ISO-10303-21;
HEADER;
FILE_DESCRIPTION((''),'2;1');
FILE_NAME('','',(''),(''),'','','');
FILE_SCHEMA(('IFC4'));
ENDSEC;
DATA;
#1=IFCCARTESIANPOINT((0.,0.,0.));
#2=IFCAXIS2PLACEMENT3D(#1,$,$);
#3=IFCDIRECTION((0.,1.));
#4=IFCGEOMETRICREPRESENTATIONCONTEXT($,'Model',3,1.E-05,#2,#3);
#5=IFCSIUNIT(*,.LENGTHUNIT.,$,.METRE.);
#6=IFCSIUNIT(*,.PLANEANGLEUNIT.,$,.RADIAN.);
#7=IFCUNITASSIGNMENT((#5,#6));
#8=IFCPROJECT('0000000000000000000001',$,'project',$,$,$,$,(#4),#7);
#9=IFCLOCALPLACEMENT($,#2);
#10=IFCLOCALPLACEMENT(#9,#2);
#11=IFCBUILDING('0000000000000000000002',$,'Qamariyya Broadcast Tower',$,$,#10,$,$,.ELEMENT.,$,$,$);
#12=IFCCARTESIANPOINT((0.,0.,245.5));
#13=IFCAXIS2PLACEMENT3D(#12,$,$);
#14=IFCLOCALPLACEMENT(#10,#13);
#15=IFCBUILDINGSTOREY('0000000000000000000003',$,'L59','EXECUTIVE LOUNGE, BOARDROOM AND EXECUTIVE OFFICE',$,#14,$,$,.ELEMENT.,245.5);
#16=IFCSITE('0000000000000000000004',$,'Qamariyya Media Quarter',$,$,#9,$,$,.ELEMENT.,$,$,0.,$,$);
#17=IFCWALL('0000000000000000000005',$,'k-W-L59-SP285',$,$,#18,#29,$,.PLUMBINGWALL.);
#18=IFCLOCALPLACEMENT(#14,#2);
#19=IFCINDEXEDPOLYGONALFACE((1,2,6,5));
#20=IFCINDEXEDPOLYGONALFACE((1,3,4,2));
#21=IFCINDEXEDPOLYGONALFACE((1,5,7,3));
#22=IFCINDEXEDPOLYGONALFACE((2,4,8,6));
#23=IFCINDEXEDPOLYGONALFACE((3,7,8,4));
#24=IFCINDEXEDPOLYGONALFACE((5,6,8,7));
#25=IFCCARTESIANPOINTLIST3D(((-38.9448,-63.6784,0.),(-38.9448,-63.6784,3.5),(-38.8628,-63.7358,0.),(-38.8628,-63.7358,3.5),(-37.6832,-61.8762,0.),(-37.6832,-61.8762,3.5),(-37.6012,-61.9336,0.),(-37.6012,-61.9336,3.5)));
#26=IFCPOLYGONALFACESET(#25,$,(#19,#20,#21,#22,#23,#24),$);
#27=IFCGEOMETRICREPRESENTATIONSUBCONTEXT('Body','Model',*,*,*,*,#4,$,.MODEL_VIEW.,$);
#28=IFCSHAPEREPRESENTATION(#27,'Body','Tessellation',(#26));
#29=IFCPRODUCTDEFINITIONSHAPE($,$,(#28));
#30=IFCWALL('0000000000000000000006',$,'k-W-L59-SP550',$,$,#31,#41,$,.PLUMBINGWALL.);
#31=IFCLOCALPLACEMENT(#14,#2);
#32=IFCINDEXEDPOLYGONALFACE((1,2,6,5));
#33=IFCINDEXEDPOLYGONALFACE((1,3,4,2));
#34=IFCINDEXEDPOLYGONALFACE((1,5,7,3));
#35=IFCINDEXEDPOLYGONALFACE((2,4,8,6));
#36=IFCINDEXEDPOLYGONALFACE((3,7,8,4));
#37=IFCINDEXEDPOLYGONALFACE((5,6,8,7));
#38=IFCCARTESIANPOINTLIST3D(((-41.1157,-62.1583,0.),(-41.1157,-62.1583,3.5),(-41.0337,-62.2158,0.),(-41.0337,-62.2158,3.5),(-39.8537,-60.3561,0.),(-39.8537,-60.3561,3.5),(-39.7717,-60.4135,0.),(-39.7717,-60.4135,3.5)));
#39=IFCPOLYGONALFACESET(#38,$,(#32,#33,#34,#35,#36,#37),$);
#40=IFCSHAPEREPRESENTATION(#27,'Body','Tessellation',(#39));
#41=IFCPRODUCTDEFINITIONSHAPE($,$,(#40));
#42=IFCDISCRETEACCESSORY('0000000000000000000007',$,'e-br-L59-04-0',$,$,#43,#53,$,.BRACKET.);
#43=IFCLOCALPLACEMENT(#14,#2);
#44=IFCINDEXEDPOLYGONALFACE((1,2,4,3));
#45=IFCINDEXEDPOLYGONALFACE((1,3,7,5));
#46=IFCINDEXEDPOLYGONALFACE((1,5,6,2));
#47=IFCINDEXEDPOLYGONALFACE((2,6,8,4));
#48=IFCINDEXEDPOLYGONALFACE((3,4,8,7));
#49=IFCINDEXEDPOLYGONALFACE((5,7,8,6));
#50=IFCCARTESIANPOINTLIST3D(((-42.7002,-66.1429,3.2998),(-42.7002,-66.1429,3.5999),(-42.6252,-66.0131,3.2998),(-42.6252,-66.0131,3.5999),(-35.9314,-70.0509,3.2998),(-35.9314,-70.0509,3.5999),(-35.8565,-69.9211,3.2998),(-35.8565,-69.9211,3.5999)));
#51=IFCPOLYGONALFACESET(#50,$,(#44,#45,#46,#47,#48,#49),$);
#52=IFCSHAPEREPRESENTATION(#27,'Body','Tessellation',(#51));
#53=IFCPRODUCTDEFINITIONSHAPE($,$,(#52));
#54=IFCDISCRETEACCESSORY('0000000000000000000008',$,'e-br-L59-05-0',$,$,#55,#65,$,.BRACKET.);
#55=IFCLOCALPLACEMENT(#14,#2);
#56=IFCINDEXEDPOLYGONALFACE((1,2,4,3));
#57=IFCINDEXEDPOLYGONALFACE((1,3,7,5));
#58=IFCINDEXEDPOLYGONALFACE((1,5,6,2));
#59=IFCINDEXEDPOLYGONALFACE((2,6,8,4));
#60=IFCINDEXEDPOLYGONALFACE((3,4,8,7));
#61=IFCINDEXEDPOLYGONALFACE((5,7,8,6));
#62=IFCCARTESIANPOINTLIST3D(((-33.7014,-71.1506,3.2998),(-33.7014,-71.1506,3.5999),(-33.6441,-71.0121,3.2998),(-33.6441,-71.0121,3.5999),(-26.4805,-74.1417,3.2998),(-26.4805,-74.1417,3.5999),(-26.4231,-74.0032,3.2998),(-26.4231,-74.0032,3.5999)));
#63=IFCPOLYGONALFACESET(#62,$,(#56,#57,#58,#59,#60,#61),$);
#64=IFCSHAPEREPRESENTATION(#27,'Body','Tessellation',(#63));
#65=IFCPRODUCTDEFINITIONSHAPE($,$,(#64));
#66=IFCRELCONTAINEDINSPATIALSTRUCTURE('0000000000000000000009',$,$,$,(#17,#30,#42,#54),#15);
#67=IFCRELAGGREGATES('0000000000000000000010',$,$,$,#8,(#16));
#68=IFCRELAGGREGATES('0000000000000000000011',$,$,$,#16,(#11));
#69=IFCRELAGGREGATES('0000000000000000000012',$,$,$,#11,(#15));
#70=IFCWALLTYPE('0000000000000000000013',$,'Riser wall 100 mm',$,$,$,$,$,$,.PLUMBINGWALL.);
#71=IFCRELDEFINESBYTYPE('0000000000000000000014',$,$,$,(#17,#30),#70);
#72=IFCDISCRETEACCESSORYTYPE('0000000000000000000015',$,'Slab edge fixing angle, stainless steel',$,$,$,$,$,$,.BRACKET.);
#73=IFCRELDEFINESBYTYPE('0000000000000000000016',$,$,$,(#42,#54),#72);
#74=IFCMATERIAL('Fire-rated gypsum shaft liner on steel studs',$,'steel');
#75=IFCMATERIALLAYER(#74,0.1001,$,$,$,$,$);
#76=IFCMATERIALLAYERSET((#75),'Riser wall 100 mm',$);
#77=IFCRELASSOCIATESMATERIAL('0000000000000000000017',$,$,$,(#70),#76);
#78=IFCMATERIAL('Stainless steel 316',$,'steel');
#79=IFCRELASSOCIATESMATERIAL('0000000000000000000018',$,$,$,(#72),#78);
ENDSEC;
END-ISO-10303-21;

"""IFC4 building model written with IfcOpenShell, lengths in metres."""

from ifc_helpers import new_model, si_unit, direction, frame, frame_2d, origin, origin_2d, place, context, subcontext, project, spatial, rectangle, extrude, material, layer, layer_set, type_object, element, save


model = new_model("IFC4")

# Units and contexts
model_context = context("Model", 3, precision=1e-05, world=origin(), true_north=direction((0.0, 1.0)))
body_context = subcontext(model_context, "Body", "Model", "MODEL_VIEW")
ifc_project = project(units=[si_unit("LENGTHUNIT", "METRE"), si_unit("PLANEANGLEUNIT", "RADIAN")], contexts=[model_context])

# Site, building, storey
site_placement = place(None, origin())
site = spatial("IfcSite", under=ifc_project, at=site_placement, Name="Qamariyya Media Quarter", CompositionType="ELEMENT", RefElevation=0.0)
building_placement = place(site_placement, origin())
building = spatial("IfcBuilding", under=site, at=building_placement, Name="Qamariyya Broadcast Tower", CompositionType="ELEMENT")
storey_placement = place(building_placement, frame((0.0, 0.0, 245.5)))
storey = spatial("IfcBuildingStorey", under=building, at=storey_placement, Name="L59", Description="EXECUTIVE LOUNGE, BOARDROOM AND EXECUTIVE OFFICE", CompositionType="ELEMENT", Elevation=245.5)

# Walls
ifc_material_1 = material(Name="Fire-rated gypsum shaft liner on steel studs", Category="steel")
ifc_layer_1 = layer(ifc_material_1, 0.1001)
ifc_layer_set_1 = layer_set([ifc_layer_1], Name="Riser wall 100 mm")
wall_type_1 = type_object("IfcWallType", Name="Riser wall 100 mm", PredefinedType="PLUMBINGWALL", material=ifc_layer_set_1)
wall_1_placement = place(storey_placement, frame((-37.6421, -61.9048, 0.0), z_axis=(0.0, 0.0, 1.0), x_axis=(-0.573507, -0.819201, 0.0)))
element("IfcWall", 1, at=wall_1_placement, inside=storey, type_object=wall_type_1, Name="k-W-L59-SP285", PredefinedType="PLUMBINGWALL", context=body_context, shape_type="SweptSolid", body=[
    extrude(rectangle(XDim=2.2, YDim=0.1001, at=frame_2d((1.1001, 0.0))), origin(), (0.0, 0.0, 1.0), 3.5),
])
wall_2_placement = place(storey_placement, frame((-39.8127, -60.3848, 0.0), z_axis=(0.0, 0.0, 1.0), x_axis=(-0.573581, -0.819149, 0.0)))
element("IfcWall", 2, at=wall_2_placement, inside=storey, type_object=wall_type_1, Name="k-W-L59-SP550", PredefinedType="PLUMBINGWALL", context=body_context, shape_type="SweptSolid", body=[
    extrude(rectangle(XDim=2.2002, YDim=0.1001, at=frame_2d((1.1001, 0.0))), origin(), (0.0, 0.0, 1.0), 3.5),
])

# Discrete accessories
ifc_material_2 = material(Name="Stainless steel 316", Category="steel")
discrete_accessory_type = type_object("IfcDiscreteAccessoryType", Name="Slab edge fixing angle, stainless steel", PredefinedType="BRACKET", material=ifc_material_2)
for number, where, z_axis, x_axis, name in (
    (3, (-39.2783, -68.032, 3.2998), (0.0, 0.0, 1.0), (0.866025, -0.5, 0.0), "e-br-L59-04-0"),
    (4, (-30.0623, -72.5769, 3.2998), (0.0, 0.0, 1.0), (0.92388, -0.382683, 0.0), "e-br-L59-05-0"),
):
    element("IfcDiscreteAccessory", number, at=place(storey_placement, frame(where, z_axis=z_axis, x_axis=x_axis)), inside=storey, type_object=discrete_accessory_type, Name=name, PredefinedType="BRACKET", context=body_context, shape_type="SweptSolid", body=[
        extrude(rectangle(XDim=7.8159, YDim=0.1499, at=origin_2d()), origin(), (0.0, 0.0, 1.0), 0.3),
    ])

save(model, "model.ifc")
